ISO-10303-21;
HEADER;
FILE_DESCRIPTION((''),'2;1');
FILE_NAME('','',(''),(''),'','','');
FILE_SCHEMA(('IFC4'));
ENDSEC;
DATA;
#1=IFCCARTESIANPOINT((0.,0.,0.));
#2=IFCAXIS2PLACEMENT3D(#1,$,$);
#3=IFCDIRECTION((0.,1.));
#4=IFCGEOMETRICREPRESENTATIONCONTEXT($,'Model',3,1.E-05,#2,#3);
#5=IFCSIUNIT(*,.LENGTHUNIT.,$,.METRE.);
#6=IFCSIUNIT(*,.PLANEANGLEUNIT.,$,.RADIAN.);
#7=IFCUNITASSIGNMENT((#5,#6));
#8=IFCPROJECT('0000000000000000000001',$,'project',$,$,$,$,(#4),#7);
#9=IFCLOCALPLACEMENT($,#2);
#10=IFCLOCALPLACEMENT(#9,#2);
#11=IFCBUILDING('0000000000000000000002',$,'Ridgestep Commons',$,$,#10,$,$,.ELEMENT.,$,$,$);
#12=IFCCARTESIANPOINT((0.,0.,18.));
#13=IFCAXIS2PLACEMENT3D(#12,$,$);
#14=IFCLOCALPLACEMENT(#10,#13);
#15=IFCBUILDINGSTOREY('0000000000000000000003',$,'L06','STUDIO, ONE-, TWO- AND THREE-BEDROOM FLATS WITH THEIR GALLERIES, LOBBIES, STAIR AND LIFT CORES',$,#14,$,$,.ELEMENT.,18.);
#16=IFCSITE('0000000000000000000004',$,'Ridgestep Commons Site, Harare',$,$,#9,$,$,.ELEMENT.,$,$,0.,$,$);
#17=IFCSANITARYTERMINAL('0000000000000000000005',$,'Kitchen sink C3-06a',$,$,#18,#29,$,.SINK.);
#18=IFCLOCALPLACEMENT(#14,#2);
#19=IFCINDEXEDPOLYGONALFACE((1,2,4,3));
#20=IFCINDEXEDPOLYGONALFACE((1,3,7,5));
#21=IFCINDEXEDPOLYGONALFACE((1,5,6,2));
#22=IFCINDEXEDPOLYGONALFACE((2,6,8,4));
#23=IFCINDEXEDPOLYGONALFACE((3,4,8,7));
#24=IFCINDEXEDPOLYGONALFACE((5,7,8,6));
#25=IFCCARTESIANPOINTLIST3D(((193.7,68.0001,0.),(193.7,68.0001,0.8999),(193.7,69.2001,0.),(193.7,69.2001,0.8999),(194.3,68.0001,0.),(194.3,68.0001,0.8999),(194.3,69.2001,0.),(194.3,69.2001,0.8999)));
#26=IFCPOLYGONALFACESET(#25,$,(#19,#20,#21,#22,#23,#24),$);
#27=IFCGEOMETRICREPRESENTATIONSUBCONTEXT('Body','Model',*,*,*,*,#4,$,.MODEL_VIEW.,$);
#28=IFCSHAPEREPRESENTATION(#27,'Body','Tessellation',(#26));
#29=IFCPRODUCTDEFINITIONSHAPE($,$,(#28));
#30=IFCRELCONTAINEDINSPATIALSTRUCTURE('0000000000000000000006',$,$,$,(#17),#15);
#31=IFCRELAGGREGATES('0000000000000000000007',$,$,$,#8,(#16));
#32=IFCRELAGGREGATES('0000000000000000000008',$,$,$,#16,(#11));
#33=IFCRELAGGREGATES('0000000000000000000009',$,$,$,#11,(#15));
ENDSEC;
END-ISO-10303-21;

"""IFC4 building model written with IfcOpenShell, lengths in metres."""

from ifc_helpers import new_model, si_unit, direction, frame, origin, origin_2d, place, context, subcontext, project, spatial, rectangle, extrude, element, save


model = new_model("IFC4")

# Units and contexts
model_context = context("Model", 3, precision=1e-05, world=origin(), true_north=direction((0.0, 1.0)))
body_context = subcontext(model_context, "Body", "Model", "MODEL_VIEW")
ifc_project = project(units=[si_unit("LENGTHUNIT", "METRE"), si_unit("PLANEANGLEUNIT", "RADIAN")], contexts=[model_context])

# Site, building, storey
site_placement = place(None, origin())
site = spatial("IfcSite", under=ifc_project, at=site_placement, Name="Ridgestep Commons Site, Harare", CompositionType="ELEMENT", RefElevation=0.0)
building_placement = place(site_placement, origin())
building = spatial("IfcBuilding", under=site, at=building_placement, Name="Ridgestep Commons", CompositionType="ELEMENT")
storey_placement = place(building_placement, frame((0.0, 0.0, 18.0)))
storey = spatial("IfcBuildingStorey", under=building, at=storey_placement, Name="L06", Description="STUDIO, ONE-, TWO- AND THREE-BEDROOM FLATS WITH THEIR GALLERIES, LOBBIES, STAIR AND LIFT CORES", CompositionType="ELEMENT", Elevation=18.0)

# Sanitary terminal
sanitary_terminal_1_placement = place(storey_placement, frame((194.0, 68.6001, 0.0), z_axis=(0.0, 0.0, 1.0), x_axis=(1.0, 0.0, 0.0)))
element("IfcSanitaryTerminal", 1, at=sanitary_terminal_1_placement, inside=storey, Name="Kitchen sink C3-06a", PredefinedType="SINK", context=body_context, shape_type="SweptSolid", body=[
    extrude(rectangle(XDim=0.6001, YDim=1.2, at=origin_2d()), origin(), (0.0, 0.0, 1.0), 0.8999),
])

save(model, "model.ifc")
